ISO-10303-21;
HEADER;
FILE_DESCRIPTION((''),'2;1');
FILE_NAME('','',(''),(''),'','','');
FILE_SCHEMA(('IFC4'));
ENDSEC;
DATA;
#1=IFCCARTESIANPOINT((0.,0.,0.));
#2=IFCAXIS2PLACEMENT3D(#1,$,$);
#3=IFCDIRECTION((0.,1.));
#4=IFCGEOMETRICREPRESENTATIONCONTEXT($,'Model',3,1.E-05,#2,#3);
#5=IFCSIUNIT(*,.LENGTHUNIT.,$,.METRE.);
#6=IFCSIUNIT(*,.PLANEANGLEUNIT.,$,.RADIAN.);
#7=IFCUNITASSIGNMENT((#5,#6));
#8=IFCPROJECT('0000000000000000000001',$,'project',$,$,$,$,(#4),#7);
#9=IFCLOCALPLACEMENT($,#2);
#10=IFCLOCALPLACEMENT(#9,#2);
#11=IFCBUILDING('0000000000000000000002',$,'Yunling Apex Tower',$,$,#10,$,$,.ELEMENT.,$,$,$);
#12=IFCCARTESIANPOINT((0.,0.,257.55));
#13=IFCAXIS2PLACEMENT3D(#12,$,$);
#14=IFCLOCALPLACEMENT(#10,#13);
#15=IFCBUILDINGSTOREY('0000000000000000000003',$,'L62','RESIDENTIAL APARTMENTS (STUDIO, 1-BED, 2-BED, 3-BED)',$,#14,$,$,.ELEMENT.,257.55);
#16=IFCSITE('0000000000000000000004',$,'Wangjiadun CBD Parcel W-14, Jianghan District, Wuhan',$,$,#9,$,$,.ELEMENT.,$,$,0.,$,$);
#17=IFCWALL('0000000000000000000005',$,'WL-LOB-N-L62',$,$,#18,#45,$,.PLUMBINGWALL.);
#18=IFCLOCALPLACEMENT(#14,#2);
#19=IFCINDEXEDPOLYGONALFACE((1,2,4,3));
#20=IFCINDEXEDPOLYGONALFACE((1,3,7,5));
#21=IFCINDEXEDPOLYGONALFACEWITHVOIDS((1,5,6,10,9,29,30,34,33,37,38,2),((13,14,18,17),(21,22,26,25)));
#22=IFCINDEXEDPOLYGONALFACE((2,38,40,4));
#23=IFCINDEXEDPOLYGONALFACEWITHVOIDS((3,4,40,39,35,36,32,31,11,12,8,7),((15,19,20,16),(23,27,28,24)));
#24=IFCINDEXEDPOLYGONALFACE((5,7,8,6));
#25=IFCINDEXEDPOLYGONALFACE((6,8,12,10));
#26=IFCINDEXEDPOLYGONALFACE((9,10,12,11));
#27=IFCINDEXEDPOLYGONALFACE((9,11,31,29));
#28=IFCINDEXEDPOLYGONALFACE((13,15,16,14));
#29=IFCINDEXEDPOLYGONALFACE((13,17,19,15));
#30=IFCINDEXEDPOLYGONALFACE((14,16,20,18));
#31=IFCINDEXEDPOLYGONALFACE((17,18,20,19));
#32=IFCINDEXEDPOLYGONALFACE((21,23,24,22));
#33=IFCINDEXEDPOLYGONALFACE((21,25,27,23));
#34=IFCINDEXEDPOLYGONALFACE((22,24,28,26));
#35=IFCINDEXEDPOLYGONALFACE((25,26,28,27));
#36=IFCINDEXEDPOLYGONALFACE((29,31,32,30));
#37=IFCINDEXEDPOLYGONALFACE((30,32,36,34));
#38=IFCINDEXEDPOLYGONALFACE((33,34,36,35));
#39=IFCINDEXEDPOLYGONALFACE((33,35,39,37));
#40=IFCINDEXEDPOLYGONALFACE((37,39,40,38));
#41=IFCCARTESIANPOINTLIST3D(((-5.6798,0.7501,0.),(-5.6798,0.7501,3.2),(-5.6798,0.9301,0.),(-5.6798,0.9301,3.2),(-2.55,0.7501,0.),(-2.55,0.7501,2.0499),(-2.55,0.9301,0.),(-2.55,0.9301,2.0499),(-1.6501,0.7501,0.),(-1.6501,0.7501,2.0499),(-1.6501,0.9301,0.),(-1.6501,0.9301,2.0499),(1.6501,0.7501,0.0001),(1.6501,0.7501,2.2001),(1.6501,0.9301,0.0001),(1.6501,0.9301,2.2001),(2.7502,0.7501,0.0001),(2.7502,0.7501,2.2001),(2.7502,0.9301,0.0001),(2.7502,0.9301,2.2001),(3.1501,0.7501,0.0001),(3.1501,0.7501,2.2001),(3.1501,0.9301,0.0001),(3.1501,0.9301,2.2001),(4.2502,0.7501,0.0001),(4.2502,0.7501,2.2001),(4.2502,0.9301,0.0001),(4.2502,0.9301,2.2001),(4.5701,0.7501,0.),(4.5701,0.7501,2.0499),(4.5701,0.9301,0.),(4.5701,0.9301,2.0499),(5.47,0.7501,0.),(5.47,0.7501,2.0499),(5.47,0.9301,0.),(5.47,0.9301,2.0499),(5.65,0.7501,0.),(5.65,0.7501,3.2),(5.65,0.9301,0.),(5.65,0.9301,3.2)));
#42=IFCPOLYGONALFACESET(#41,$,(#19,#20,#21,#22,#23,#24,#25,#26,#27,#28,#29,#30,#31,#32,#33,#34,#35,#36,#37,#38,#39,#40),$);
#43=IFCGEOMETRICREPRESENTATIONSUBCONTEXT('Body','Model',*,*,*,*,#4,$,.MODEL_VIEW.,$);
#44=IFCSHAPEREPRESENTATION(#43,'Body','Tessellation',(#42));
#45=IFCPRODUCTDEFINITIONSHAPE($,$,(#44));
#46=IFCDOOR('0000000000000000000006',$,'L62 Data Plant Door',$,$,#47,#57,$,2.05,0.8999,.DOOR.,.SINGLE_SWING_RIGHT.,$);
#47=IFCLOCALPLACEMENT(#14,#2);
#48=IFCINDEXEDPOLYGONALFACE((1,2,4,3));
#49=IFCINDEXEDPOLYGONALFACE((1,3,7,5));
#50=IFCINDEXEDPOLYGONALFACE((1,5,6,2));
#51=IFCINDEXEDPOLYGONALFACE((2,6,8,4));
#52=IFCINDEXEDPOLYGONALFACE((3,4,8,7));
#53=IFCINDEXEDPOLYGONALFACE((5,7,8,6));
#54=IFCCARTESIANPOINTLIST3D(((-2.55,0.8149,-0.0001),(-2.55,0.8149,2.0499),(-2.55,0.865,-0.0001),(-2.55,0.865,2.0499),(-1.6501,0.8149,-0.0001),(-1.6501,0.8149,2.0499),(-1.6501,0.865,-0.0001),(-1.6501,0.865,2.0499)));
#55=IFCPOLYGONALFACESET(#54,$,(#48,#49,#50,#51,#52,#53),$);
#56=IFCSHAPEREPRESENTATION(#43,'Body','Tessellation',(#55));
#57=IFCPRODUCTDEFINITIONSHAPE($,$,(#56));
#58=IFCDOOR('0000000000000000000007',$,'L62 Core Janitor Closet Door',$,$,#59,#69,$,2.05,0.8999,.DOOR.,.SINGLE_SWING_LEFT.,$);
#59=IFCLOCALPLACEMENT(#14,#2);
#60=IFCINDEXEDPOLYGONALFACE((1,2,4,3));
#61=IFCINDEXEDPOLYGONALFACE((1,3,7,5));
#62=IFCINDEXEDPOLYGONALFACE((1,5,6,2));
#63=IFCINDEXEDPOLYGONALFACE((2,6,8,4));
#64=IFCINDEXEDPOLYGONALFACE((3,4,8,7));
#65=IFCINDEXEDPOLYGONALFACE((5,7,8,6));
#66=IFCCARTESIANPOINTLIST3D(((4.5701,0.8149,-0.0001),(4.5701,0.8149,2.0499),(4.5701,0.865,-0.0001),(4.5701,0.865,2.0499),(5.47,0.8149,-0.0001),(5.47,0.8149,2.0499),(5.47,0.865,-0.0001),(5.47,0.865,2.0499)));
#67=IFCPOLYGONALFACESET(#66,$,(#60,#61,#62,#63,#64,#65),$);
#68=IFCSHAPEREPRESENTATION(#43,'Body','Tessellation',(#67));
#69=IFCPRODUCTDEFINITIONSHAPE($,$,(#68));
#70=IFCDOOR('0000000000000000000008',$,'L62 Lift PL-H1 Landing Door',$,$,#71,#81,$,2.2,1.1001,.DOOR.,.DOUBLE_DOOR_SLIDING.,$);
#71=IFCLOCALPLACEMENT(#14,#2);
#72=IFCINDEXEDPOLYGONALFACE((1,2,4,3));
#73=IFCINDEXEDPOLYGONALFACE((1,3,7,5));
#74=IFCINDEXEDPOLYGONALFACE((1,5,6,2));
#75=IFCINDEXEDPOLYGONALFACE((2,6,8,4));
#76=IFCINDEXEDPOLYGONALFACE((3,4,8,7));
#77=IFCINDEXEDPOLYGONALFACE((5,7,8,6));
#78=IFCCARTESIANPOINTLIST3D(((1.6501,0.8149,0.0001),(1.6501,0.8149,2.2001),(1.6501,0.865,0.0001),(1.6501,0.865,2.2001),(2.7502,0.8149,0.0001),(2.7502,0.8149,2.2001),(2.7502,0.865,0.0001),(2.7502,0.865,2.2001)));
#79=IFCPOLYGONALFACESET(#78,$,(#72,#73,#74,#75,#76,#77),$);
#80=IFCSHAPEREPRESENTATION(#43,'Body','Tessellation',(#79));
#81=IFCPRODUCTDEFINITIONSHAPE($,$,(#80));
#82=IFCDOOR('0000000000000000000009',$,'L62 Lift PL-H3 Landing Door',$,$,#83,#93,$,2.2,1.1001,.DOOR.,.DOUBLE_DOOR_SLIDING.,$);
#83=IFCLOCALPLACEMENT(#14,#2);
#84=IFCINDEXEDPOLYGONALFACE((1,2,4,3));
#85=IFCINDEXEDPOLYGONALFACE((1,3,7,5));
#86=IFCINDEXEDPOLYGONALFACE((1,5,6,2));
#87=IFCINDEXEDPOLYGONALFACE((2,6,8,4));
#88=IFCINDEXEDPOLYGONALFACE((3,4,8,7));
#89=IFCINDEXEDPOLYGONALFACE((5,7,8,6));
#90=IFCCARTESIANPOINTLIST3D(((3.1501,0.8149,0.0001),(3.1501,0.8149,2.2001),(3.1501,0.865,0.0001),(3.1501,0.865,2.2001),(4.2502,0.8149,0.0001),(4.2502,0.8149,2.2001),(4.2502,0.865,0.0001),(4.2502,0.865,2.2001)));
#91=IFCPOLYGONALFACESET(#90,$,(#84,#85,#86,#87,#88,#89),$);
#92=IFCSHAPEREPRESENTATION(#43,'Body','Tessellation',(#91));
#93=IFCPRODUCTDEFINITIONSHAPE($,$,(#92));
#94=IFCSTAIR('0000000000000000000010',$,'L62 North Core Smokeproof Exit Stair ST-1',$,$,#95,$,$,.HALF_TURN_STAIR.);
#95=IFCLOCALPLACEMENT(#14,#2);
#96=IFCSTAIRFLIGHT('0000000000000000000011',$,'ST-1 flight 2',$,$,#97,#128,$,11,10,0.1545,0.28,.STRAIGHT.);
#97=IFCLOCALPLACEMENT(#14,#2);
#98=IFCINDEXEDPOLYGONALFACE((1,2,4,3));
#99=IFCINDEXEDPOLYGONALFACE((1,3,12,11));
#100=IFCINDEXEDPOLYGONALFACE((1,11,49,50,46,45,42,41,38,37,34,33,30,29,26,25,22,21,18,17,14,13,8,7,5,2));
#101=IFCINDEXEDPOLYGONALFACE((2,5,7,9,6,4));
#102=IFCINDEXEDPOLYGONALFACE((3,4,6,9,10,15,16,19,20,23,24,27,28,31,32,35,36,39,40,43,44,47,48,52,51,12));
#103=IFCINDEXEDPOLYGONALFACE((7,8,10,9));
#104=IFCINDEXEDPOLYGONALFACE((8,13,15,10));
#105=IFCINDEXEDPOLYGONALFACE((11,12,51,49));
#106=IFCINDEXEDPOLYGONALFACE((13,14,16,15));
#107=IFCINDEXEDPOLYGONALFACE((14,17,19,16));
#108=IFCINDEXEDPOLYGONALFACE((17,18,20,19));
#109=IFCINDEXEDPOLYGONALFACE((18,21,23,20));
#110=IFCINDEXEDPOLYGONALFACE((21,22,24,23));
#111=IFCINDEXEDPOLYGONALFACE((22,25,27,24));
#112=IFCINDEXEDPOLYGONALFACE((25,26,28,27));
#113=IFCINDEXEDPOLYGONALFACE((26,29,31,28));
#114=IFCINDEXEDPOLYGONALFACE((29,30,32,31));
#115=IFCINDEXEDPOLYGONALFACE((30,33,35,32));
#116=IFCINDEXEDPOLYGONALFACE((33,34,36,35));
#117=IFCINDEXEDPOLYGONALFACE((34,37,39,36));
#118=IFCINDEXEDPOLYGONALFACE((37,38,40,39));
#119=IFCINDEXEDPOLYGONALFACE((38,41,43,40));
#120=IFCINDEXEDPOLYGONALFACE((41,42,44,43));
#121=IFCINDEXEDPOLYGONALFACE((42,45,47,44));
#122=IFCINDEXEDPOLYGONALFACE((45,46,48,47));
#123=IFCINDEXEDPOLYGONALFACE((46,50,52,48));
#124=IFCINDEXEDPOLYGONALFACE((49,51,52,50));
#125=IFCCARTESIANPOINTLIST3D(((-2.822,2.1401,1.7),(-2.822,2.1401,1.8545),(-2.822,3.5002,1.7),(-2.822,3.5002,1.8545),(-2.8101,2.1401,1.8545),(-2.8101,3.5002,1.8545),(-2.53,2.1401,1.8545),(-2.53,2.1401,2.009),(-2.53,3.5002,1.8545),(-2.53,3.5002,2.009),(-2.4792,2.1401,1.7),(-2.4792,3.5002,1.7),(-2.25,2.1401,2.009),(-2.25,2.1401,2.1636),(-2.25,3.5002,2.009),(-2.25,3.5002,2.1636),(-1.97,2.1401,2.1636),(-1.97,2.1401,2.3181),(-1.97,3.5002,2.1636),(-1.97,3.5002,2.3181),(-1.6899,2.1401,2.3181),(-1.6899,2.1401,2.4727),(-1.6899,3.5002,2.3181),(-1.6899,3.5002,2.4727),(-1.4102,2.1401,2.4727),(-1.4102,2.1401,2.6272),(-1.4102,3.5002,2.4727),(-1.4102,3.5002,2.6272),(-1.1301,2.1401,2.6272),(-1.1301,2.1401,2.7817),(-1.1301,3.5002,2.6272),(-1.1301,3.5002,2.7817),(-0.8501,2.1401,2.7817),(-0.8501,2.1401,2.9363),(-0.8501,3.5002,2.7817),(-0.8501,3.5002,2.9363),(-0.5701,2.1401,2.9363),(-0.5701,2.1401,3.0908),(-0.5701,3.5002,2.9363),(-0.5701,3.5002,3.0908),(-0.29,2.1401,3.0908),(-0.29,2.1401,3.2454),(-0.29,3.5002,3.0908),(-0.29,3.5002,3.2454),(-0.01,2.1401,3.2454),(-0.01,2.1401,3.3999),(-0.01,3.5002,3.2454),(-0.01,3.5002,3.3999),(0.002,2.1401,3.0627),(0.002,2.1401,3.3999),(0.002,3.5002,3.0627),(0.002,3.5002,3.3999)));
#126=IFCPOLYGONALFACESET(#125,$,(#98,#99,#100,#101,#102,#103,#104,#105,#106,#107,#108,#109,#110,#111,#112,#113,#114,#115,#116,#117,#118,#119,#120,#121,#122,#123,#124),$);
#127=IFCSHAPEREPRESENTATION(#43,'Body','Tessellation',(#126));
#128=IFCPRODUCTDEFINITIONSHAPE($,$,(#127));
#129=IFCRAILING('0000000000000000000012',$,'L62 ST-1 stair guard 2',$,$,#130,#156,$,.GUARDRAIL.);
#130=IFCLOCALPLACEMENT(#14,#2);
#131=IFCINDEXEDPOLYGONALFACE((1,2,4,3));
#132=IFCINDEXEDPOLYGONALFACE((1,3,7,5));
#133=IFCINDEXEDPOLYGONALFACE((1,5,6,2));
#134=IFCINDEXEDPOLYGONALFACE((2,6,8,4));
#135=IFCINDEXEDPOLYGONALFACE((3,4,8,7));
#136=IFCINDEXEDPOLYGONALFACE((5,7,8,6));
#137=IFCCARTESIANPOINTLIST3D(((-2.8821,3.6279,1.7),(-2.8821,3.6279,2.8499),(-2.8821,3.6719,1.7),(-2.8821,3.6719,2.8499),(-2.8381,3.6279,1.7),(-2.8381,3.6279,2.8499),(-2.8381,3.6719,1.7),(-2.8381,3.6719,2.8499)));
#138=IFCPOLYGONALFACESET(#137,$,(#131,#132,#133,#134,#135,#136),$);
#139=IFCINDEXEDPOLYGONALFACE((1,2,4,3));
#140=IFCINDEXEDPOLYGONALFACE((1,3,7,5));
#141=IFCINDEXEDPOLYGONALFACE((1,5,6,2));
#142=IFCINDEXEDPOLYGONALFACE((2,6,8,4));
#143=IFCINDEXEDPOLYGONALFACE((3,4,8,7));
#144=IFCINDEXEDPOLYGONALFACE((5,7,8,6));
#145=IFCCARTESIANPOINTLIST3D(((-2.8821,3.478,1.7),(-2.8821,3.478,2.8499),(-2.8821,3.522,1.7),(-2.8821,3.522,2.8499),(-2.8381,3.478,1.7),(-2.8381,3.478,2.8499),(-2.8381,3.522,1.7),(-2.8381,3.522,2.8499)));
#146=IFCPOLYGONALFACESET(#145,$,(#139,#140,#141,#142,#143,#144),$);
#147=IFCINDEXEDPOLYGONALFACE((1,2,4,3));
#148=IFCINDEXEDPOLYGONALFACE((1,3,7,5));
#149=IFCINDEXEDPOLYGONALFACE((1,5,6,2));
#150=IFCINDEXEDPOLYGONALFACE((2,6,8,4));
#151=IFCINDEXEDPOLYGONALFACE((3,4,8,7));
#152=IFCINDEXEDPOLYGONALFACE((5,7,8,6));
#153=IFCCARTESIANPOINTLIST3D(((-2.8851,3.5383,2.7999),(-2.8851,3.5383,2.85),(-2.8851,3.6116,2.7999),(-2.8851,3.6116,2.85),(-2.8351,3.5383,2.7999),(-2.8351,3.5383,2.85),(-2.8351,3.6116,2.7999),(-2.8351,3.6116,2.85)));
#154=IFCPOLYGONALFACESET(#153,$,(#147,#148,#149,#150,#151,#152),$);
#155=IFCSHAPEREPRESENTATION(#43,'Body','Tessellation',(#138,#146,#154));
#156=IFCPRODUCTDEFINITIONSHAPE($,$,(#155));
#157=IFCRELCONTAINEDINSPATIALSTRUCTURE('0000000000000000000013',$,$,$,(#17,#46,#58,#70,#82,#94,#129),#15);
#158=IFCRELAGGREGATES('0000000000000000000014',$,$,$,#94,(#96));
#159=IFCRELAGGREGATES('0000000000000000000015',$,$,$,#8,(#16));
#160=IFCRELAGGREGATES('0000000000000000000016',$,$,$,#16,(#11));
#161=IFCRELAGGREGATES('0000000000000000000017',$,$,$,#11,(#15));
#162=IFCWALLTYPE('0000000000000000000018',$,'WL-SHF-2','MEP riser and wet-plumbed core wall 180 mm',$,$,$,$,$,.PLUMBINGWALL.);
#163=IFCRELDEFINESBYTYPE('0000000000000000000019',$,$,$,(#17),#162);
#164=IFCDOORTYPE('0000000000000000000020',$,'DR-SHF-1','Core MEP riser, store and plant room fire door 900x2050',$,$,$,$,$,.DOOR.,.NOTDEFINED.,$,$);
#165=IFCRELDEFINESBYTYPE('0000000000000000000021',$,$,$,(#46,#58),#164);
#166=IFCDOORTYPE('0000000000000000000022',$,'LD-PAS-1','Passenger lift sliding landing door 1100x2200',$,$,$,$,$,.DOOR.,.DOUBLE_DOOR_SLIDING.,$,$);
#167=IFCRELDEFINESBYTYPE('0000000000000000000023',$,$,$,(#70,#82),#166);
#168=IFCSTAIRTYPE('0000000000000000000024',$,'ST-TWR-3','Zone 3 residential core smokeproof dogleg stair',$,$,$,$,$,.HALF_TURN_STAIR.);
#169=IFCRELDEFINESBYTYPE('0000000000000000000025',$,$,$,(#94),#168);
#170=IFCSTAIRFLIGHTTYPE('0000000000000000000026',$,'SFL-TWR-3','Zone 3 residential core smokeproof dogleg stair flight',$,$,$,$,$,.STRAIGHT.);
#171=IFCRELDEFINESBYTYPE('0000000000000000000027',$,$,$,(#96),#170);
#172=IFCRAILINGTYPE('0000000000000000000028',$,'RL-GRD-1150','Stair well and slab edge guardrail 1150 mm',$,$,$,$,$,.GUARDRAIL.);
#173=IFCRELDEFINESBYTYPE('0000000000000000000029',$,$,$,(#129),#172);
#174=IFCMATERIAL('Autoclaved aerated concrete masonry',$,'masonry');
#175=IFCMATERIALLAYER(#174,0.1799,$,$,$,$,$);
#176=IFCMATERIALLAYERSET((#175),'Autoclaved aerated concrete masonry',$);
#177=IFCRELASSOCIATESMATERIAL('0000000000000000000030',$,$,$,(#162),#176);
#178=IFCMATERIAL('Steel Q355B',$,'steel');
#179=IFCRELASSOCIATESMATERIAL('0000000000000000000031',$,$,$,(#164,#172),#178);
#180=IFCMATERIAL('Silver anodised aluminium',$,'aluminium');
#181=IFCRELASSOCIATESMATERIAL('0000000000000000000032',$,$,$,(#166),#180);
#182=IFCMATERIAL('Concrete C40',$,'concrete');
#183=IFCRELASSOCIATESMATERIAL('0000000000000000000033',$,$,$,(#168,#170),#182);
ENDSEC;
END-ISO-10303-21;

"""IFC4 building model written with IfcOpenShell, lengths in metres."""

from ifc_helpers import new_model, si_unit, direction, frame, frame_2d, origin, origin_2d, place, context, subcontext, project, spatial, polyline, rectangle, outline, extrude, material, layer, layer_set, type_object, element, fill, aggregate, save


model = new_model("IFC4")

# Units and contexts
model_context = context("Model", 3, precision=1e-05, world=origin(), true_north=direction((0.0, 1.0)))
body_context = subcontext(model_context, "Body", "Model", "MODEL_VIEW")
ifc_project = project(units=[si_unit("LENGTHUNIT", "METRE"), si_unit("PLANEANGLEUNIT", "RADIAN")], contexts=[model_context])

# Site, building, storey
site_placement = place(None, origin())
site = spatial("IfcSite", under=ifc_project, at=site_placement, Name="Wangjiadun CBD Parcel W-14, Jianghan District, Wuhan", CompositionType="ELEMENT", RefElevation=0.0)
building_placement = place(site_placement, origin())
building = spatial("IfcBuilding", under=site, at=building_placement, Name="Yunling Apex Tower", CompositionType="ELEMENT")
storey_placement = place(building_placement, frame((0.0, 0.0, 257.55)))
storey = spatial("IfcBuildingStorey", under=building, at=storey_placement, Name="L62", Description="RESIDENTIAL APARTMENTS (STUDIO, 1-BED, 2-BED, 3-BED)", CompositionType="ELEMENT", Elevation=257.55)

# Shared definitions
ifc_material_1 = material(Name="Steel Q355B", Category="steel")

# Shared definitions
ifc_material_2 = material(Name="Concrete C40", Category="concrete")

# Wall, openings, doors
ifc_material_3 = material(Name="Autoclaved aerated concrete masonry", Category="masonry")
ifc_layer_1 = layer(ifc_material_3, 0.1799)
ifc_layer_set_1 = layer_set([ifc_layer_1], Name="Autoclaved aerated concrete masonry")
wall_type_1 = type_object("IfcWallType", Name="WL-SHF-2", Description="MEP riser and wet-plumbed core wall 180 mm", PredefinedType="PLUMBINGWALL", material=ifc_layer_set_1)
wall_1_placement = place(storey_placement, frame((-5.6799, 0.8401, 0.0), z_axis=(0.0, 0.0, 1.0), x_axis=(1.0, 0.0, 0.0)))
wall_1 = element("IfcWall", 1, at=wall_1_placement, inside=storey, type_object=wall_type_1, Name="WL-LOB-N-L62", PredefinedType="PLUMBINGWALL", context=body_context, shape_type="SweptSolid", body=[
    extrude(rectangle(XDim=11.3298, YDim=0.1799, at=frame_2d((5.665, 0.0))), origin(), (0.0, 0.0, 1.0), 3.2),
])
opening_1_placement = place(wall_1_placement, frame((3.1299, 0.0, 0.0)))
opening_1 = element("IfcOpeningElement", 2, at=opening_1_placement, cuts=wall_1, PredefinedType="OPENING", context=body_context, shape_type="SweptSolid", body=[
    extrude(rectangle(XDim=0.8999, YDim=2.05, at=frame_2d((0.45, 1.0249))), frame((0.0, 0.1001, 0.0), z_axis=(0.0, -1.0, 0.0), x_axis=(1.0, 0.0, 0.0)), (0.0, 0.0, 1.0), 0.2),
])
opening_2_placement = place(wall_1_placement, frame((7.3301, 0.0, 0.0)))
opening_2 = element("IfcOpeningElement", 3, at=opening_2_placement, cuts=wall_1, PredefinedType="OPENING", context=body_context, shape_type="SweptSolid", body=[
    extrude(rectangle(XDim=1.1001, YDim=2.2, at=frame_2d((0.55, 1.1001))), frame((0.0, 0.1001, 0.0), z_axis=(0.0, -1.0, 0.0), x_axis=(1.0, 0.0, 0.0)), (0.0, 0.0, 1.0), 0.2),
])
opening_3_placement = place(wall_1_placement, frame((8.8301, 0.0, 0.0)))
opening_3 = element("IfcOpeningElement", 4, at=opening_3_placement, cuts=wall_1, PredefinedType="OPENING", context=body_context, shape_type="SweptSolid", body=[
    extrude(rectangle(XDim=1.1001, YDim=2.2, at=frame_2d((0.55, 1.1001))), frame((0.0, 0.1001, 0.0), z_axis=(0.0, -1.0, 0.0), x_axis=(1.0, 0.0, 0.0)), (0.0, 0.0, 1.0), 0.2),
])
opening_4_placement = place(wall_1_placement, frame((10.25, 0.0, 0.0)))
opening_4 = element("IfcOpeningElement", 5, at=opening_4_placement, cuts=wall_1, PredefinedType="OPENING", context=body_context, shape_type="SweptSolid", body=[
    extrude(rectangle(XDim=0.8999, YDim=2.05, at=frame_2d((0.45, 1.0249))), frame((0.0, 0.1001, 0.0), z_axis=(0.0, -1.0, 0.0), x_axis=(1.0, 0.0, 0.0)), (0.0, 0.0, 1.0), 0.2),
])
door_type_1 = type_object("IfcDoorType", Name="DR-SHF-1", Description="Core MEP riser, store and plant room fire door 900x2050", OperationType="NOTDEFINED", PredefinedType="DOOR", material=ifc_material_1)
door_1_placement = place(opening_1_placement, origin())
door_1 = element("IfcDoor", 6, at=door_1_placement, inside=storey, type_object=door_type_1, Name="L62 Data Plant Door", OperationType="SINGLE_SWING_RIGHT", OverallHeight=2.05, OverallWidth=0.8999, PredefinedType="DOOR", context=body_context, shape_type="SweptSolid", body=[
    extrude(rectangle(XDim=0.8999, YDim=2.05, at=frame_2d((0.45, 1.0249))), frame((0.0, 0.0249, 0.0), z_axis=(0.0, -1.0, 0.0), x_axis=(1.0, 0.0, 0.0)), (0.0, 0.0, 1.0), 0.05),
])
fill(opening_1, door_1)
door_2_placement = place(opening_4_placement, origin())
door_2 = element("IfcDoor", 7, at=door_2_placement, inside=storey, type_object=door_type_1, Name="L62 Core Janitor Closet Door", OperationType="SINGLE_SWING_LEFT", OverallHeight=2.05, OverallWidth=0.8999, PredefinedType="DOOR", context=body_context, shape_type="SweptSolid", body=[
    extrude(rectangle(XDim=0.8999, YDim=2.05, at=frame_2d((0.45, 1.0249))), frame((0.0, 0.0249, 0.0), z_axis=(0.0, -1.0, 0.0), x_axis=(1.0, 0.0, 0.0)), (0.0, 0.0, 1.0), 0.05),
])
fill(opening_4, door_2)
ifc_material_4 = material(Name="Silver anodised aluminium", Category="aluminium")
door_type_2 = type_object("IfcDoorType", Name="LD-PAS-1", Description="Passenger lift sliding landing door 1100x2200", OperationType="DOUBLE_DOOR_SLIDING", PredefinedType="DOOR", material=ifc_material_4)
door_3_placement = place(opening_2_placement, origin())
door_3 = element("IfcDoor", 8, at=door_3_placement, inside=storey, type_object=door_type_2, Name="L62 Lift PL-H1 Landing Door", OperationType="DOUBLE_DOOR_SLIDING", OverallHeight=2.2, OverallWidth=1.1001, PredefinedType="DOOR", context=body_context, shape_type="SweptSolid", body=[
    extrude(rectangle(XDim=1.1001, YDim=2.2, at=frame_2d((0.55, 1.1001))), frame((0.0, 0.0249, 0.0), z_axis=(0.0, -1.0, 0.0), x_axis=(1.0, 0.0, 0.0)), (0.0, 0.0, 1.0), 0.05),
])
fill(opening_2, door_3)
door_4_placement = place(opening_3_placement, origin())
door_4 = element("IfcDoor", 9, at=door_4_placement, inside=storey, type_object=door_type_2, Name="L62 Lift PL-H3 Landing Door", OperationType="DOUBLE_DOOR_SLIDING", OverallHeight=2.2, OverallWidth=1.1001, PredefinedType="DOOR", context=body_context, shape_type="SweptSolid", body=[
    extrude(rectangle(XDim=1.1001, YDim=2.2, at=frame_2d((0.55, 1.1001))), frame((0.0, 0.0249, 0.0), z_axis=(0.0, -1.0, 0.0), x_axis=(1.0, 0.0, 0.0)), (0.0, 0.0, 1.0), 0.05),
])
fill(opening_3, door_4)

# Stair, stair flight
stair_type = type_object("IfcStairType", Name="ST-TWR-3", Description="Zone 3 residential core smokeproof dogleg stair", PredefinedType="HALF_TURN_STAIR", material=ifc_material_2)
stair_placement = place(storey_placement, origin())
stair = element("IfcStair", 10, at=stair_placement, inside=storey, type_object=stair_type, Name="L62 North Core Smokeproof Exit Stair ST-1", PredefinedType="HALF_TURN_STAIR")
stair_flight_type = type_object("IfcStairFlightType", Name="SFL-TWR-3", Description="Zone 3 residential core smokeproof dogleg stair flight", PredefinedType="STRAIGHT", material=ifc_material_2)
stair_flight_placement = place(storey_placement, frame((-2.8101, 2.8201, 1.7), z_axis=(0.0, 0.0, 1.0), x_axis=(1.0, 0.0, 0.0)))
stair_flight = element("IfcStairFlight", 11, at=stair_flight_placement, type_object=stair_flight_type, Name="ST-1 flight 2", NumberOfRisers=11, NumberOfTreads=10, PredefinedType="STRAIGHT", RiserHeight=0.1545, TreadLength=0.28, context=body_context, shape_type="SweptSolid", body=[
    extrude(outline(polyline([(-0.012, 0.0), (-0.012, 0.1545), (0.0, 0.1545), (0.28, 0.1545), (0.28, 0.3091), (0.5601, 0.3091), (0.5601, 0.4636), (0.8401, 0.4636), (0.8401, 0.6182), (1.1201, 0.6182), (1.1201, 0.7727), (1.3999, 0.7727), (1.3999, 0.9272), (1.6799, 0.9272), (1.6799, 1.0818), (1.96, 1.0818), (1.96, 1.2363), (2.24, 1.2363), (2.24, 1.3909), (2.52, 1.3909), (2.52, 1.5454), (2.8, 1.5454), (2.8, 1.7), (2.812, 1.7), (2.812, 1.3628), (0.3308, 0.0), (-0.012, 0.0)])), frame((0.0, 0.6802, 0.0), z_axis=(0.0, -1.0, 0.0), x_axis=(1.0, 0.0, 0.0)), (0.0, 0.0, 1.0), 1.3601),
])
aggregate(stair, [stair_flight])

# Railing
railing_type_1 = type_object("IfcRailingType", Name="RL-GRD-1150", Description="Stair well and slab edge guardrail 1150 mm", PredefinedType="GUARDRAIL", material=ifc_material_1)
railing_1_placement = place(storey_placement, frame((-2.8601, 3.6499, 1.7)))
element("IfcRailing", 12, at=railing_1_placement, inside=storey, type_object=railing_type_1, Name="L62 ST-1 stair guard 2", PredefinedType="GUARDRAIL", context=body_context, shape_type="SweptSolid", body=[
    extrude(rectangle(XDim=0.0439, YDim=0.0439, at=origin_2d()), origin(), (0.0, 0.0, 1.0), 1.1499),
    extrude(rectangle(XDim=0.0439, YDim=0.0439, at=origin_2d()), frame((0.0, -0.1499, 0.0)), (0.0, 0.0, 1.0), 1.1499),
    extrude(rectangle(XDim=0.05, YDim=0.05, at=origin_2d()), frame((0.0, -0.0383, 1.125), z_axis=(0.0, -1.0, 0.0), x_axis=(1.0, 0.0, 0.0)), (0.0, 0.0, 1.0), 0.0732),
])

save(model, "model.ifc")
